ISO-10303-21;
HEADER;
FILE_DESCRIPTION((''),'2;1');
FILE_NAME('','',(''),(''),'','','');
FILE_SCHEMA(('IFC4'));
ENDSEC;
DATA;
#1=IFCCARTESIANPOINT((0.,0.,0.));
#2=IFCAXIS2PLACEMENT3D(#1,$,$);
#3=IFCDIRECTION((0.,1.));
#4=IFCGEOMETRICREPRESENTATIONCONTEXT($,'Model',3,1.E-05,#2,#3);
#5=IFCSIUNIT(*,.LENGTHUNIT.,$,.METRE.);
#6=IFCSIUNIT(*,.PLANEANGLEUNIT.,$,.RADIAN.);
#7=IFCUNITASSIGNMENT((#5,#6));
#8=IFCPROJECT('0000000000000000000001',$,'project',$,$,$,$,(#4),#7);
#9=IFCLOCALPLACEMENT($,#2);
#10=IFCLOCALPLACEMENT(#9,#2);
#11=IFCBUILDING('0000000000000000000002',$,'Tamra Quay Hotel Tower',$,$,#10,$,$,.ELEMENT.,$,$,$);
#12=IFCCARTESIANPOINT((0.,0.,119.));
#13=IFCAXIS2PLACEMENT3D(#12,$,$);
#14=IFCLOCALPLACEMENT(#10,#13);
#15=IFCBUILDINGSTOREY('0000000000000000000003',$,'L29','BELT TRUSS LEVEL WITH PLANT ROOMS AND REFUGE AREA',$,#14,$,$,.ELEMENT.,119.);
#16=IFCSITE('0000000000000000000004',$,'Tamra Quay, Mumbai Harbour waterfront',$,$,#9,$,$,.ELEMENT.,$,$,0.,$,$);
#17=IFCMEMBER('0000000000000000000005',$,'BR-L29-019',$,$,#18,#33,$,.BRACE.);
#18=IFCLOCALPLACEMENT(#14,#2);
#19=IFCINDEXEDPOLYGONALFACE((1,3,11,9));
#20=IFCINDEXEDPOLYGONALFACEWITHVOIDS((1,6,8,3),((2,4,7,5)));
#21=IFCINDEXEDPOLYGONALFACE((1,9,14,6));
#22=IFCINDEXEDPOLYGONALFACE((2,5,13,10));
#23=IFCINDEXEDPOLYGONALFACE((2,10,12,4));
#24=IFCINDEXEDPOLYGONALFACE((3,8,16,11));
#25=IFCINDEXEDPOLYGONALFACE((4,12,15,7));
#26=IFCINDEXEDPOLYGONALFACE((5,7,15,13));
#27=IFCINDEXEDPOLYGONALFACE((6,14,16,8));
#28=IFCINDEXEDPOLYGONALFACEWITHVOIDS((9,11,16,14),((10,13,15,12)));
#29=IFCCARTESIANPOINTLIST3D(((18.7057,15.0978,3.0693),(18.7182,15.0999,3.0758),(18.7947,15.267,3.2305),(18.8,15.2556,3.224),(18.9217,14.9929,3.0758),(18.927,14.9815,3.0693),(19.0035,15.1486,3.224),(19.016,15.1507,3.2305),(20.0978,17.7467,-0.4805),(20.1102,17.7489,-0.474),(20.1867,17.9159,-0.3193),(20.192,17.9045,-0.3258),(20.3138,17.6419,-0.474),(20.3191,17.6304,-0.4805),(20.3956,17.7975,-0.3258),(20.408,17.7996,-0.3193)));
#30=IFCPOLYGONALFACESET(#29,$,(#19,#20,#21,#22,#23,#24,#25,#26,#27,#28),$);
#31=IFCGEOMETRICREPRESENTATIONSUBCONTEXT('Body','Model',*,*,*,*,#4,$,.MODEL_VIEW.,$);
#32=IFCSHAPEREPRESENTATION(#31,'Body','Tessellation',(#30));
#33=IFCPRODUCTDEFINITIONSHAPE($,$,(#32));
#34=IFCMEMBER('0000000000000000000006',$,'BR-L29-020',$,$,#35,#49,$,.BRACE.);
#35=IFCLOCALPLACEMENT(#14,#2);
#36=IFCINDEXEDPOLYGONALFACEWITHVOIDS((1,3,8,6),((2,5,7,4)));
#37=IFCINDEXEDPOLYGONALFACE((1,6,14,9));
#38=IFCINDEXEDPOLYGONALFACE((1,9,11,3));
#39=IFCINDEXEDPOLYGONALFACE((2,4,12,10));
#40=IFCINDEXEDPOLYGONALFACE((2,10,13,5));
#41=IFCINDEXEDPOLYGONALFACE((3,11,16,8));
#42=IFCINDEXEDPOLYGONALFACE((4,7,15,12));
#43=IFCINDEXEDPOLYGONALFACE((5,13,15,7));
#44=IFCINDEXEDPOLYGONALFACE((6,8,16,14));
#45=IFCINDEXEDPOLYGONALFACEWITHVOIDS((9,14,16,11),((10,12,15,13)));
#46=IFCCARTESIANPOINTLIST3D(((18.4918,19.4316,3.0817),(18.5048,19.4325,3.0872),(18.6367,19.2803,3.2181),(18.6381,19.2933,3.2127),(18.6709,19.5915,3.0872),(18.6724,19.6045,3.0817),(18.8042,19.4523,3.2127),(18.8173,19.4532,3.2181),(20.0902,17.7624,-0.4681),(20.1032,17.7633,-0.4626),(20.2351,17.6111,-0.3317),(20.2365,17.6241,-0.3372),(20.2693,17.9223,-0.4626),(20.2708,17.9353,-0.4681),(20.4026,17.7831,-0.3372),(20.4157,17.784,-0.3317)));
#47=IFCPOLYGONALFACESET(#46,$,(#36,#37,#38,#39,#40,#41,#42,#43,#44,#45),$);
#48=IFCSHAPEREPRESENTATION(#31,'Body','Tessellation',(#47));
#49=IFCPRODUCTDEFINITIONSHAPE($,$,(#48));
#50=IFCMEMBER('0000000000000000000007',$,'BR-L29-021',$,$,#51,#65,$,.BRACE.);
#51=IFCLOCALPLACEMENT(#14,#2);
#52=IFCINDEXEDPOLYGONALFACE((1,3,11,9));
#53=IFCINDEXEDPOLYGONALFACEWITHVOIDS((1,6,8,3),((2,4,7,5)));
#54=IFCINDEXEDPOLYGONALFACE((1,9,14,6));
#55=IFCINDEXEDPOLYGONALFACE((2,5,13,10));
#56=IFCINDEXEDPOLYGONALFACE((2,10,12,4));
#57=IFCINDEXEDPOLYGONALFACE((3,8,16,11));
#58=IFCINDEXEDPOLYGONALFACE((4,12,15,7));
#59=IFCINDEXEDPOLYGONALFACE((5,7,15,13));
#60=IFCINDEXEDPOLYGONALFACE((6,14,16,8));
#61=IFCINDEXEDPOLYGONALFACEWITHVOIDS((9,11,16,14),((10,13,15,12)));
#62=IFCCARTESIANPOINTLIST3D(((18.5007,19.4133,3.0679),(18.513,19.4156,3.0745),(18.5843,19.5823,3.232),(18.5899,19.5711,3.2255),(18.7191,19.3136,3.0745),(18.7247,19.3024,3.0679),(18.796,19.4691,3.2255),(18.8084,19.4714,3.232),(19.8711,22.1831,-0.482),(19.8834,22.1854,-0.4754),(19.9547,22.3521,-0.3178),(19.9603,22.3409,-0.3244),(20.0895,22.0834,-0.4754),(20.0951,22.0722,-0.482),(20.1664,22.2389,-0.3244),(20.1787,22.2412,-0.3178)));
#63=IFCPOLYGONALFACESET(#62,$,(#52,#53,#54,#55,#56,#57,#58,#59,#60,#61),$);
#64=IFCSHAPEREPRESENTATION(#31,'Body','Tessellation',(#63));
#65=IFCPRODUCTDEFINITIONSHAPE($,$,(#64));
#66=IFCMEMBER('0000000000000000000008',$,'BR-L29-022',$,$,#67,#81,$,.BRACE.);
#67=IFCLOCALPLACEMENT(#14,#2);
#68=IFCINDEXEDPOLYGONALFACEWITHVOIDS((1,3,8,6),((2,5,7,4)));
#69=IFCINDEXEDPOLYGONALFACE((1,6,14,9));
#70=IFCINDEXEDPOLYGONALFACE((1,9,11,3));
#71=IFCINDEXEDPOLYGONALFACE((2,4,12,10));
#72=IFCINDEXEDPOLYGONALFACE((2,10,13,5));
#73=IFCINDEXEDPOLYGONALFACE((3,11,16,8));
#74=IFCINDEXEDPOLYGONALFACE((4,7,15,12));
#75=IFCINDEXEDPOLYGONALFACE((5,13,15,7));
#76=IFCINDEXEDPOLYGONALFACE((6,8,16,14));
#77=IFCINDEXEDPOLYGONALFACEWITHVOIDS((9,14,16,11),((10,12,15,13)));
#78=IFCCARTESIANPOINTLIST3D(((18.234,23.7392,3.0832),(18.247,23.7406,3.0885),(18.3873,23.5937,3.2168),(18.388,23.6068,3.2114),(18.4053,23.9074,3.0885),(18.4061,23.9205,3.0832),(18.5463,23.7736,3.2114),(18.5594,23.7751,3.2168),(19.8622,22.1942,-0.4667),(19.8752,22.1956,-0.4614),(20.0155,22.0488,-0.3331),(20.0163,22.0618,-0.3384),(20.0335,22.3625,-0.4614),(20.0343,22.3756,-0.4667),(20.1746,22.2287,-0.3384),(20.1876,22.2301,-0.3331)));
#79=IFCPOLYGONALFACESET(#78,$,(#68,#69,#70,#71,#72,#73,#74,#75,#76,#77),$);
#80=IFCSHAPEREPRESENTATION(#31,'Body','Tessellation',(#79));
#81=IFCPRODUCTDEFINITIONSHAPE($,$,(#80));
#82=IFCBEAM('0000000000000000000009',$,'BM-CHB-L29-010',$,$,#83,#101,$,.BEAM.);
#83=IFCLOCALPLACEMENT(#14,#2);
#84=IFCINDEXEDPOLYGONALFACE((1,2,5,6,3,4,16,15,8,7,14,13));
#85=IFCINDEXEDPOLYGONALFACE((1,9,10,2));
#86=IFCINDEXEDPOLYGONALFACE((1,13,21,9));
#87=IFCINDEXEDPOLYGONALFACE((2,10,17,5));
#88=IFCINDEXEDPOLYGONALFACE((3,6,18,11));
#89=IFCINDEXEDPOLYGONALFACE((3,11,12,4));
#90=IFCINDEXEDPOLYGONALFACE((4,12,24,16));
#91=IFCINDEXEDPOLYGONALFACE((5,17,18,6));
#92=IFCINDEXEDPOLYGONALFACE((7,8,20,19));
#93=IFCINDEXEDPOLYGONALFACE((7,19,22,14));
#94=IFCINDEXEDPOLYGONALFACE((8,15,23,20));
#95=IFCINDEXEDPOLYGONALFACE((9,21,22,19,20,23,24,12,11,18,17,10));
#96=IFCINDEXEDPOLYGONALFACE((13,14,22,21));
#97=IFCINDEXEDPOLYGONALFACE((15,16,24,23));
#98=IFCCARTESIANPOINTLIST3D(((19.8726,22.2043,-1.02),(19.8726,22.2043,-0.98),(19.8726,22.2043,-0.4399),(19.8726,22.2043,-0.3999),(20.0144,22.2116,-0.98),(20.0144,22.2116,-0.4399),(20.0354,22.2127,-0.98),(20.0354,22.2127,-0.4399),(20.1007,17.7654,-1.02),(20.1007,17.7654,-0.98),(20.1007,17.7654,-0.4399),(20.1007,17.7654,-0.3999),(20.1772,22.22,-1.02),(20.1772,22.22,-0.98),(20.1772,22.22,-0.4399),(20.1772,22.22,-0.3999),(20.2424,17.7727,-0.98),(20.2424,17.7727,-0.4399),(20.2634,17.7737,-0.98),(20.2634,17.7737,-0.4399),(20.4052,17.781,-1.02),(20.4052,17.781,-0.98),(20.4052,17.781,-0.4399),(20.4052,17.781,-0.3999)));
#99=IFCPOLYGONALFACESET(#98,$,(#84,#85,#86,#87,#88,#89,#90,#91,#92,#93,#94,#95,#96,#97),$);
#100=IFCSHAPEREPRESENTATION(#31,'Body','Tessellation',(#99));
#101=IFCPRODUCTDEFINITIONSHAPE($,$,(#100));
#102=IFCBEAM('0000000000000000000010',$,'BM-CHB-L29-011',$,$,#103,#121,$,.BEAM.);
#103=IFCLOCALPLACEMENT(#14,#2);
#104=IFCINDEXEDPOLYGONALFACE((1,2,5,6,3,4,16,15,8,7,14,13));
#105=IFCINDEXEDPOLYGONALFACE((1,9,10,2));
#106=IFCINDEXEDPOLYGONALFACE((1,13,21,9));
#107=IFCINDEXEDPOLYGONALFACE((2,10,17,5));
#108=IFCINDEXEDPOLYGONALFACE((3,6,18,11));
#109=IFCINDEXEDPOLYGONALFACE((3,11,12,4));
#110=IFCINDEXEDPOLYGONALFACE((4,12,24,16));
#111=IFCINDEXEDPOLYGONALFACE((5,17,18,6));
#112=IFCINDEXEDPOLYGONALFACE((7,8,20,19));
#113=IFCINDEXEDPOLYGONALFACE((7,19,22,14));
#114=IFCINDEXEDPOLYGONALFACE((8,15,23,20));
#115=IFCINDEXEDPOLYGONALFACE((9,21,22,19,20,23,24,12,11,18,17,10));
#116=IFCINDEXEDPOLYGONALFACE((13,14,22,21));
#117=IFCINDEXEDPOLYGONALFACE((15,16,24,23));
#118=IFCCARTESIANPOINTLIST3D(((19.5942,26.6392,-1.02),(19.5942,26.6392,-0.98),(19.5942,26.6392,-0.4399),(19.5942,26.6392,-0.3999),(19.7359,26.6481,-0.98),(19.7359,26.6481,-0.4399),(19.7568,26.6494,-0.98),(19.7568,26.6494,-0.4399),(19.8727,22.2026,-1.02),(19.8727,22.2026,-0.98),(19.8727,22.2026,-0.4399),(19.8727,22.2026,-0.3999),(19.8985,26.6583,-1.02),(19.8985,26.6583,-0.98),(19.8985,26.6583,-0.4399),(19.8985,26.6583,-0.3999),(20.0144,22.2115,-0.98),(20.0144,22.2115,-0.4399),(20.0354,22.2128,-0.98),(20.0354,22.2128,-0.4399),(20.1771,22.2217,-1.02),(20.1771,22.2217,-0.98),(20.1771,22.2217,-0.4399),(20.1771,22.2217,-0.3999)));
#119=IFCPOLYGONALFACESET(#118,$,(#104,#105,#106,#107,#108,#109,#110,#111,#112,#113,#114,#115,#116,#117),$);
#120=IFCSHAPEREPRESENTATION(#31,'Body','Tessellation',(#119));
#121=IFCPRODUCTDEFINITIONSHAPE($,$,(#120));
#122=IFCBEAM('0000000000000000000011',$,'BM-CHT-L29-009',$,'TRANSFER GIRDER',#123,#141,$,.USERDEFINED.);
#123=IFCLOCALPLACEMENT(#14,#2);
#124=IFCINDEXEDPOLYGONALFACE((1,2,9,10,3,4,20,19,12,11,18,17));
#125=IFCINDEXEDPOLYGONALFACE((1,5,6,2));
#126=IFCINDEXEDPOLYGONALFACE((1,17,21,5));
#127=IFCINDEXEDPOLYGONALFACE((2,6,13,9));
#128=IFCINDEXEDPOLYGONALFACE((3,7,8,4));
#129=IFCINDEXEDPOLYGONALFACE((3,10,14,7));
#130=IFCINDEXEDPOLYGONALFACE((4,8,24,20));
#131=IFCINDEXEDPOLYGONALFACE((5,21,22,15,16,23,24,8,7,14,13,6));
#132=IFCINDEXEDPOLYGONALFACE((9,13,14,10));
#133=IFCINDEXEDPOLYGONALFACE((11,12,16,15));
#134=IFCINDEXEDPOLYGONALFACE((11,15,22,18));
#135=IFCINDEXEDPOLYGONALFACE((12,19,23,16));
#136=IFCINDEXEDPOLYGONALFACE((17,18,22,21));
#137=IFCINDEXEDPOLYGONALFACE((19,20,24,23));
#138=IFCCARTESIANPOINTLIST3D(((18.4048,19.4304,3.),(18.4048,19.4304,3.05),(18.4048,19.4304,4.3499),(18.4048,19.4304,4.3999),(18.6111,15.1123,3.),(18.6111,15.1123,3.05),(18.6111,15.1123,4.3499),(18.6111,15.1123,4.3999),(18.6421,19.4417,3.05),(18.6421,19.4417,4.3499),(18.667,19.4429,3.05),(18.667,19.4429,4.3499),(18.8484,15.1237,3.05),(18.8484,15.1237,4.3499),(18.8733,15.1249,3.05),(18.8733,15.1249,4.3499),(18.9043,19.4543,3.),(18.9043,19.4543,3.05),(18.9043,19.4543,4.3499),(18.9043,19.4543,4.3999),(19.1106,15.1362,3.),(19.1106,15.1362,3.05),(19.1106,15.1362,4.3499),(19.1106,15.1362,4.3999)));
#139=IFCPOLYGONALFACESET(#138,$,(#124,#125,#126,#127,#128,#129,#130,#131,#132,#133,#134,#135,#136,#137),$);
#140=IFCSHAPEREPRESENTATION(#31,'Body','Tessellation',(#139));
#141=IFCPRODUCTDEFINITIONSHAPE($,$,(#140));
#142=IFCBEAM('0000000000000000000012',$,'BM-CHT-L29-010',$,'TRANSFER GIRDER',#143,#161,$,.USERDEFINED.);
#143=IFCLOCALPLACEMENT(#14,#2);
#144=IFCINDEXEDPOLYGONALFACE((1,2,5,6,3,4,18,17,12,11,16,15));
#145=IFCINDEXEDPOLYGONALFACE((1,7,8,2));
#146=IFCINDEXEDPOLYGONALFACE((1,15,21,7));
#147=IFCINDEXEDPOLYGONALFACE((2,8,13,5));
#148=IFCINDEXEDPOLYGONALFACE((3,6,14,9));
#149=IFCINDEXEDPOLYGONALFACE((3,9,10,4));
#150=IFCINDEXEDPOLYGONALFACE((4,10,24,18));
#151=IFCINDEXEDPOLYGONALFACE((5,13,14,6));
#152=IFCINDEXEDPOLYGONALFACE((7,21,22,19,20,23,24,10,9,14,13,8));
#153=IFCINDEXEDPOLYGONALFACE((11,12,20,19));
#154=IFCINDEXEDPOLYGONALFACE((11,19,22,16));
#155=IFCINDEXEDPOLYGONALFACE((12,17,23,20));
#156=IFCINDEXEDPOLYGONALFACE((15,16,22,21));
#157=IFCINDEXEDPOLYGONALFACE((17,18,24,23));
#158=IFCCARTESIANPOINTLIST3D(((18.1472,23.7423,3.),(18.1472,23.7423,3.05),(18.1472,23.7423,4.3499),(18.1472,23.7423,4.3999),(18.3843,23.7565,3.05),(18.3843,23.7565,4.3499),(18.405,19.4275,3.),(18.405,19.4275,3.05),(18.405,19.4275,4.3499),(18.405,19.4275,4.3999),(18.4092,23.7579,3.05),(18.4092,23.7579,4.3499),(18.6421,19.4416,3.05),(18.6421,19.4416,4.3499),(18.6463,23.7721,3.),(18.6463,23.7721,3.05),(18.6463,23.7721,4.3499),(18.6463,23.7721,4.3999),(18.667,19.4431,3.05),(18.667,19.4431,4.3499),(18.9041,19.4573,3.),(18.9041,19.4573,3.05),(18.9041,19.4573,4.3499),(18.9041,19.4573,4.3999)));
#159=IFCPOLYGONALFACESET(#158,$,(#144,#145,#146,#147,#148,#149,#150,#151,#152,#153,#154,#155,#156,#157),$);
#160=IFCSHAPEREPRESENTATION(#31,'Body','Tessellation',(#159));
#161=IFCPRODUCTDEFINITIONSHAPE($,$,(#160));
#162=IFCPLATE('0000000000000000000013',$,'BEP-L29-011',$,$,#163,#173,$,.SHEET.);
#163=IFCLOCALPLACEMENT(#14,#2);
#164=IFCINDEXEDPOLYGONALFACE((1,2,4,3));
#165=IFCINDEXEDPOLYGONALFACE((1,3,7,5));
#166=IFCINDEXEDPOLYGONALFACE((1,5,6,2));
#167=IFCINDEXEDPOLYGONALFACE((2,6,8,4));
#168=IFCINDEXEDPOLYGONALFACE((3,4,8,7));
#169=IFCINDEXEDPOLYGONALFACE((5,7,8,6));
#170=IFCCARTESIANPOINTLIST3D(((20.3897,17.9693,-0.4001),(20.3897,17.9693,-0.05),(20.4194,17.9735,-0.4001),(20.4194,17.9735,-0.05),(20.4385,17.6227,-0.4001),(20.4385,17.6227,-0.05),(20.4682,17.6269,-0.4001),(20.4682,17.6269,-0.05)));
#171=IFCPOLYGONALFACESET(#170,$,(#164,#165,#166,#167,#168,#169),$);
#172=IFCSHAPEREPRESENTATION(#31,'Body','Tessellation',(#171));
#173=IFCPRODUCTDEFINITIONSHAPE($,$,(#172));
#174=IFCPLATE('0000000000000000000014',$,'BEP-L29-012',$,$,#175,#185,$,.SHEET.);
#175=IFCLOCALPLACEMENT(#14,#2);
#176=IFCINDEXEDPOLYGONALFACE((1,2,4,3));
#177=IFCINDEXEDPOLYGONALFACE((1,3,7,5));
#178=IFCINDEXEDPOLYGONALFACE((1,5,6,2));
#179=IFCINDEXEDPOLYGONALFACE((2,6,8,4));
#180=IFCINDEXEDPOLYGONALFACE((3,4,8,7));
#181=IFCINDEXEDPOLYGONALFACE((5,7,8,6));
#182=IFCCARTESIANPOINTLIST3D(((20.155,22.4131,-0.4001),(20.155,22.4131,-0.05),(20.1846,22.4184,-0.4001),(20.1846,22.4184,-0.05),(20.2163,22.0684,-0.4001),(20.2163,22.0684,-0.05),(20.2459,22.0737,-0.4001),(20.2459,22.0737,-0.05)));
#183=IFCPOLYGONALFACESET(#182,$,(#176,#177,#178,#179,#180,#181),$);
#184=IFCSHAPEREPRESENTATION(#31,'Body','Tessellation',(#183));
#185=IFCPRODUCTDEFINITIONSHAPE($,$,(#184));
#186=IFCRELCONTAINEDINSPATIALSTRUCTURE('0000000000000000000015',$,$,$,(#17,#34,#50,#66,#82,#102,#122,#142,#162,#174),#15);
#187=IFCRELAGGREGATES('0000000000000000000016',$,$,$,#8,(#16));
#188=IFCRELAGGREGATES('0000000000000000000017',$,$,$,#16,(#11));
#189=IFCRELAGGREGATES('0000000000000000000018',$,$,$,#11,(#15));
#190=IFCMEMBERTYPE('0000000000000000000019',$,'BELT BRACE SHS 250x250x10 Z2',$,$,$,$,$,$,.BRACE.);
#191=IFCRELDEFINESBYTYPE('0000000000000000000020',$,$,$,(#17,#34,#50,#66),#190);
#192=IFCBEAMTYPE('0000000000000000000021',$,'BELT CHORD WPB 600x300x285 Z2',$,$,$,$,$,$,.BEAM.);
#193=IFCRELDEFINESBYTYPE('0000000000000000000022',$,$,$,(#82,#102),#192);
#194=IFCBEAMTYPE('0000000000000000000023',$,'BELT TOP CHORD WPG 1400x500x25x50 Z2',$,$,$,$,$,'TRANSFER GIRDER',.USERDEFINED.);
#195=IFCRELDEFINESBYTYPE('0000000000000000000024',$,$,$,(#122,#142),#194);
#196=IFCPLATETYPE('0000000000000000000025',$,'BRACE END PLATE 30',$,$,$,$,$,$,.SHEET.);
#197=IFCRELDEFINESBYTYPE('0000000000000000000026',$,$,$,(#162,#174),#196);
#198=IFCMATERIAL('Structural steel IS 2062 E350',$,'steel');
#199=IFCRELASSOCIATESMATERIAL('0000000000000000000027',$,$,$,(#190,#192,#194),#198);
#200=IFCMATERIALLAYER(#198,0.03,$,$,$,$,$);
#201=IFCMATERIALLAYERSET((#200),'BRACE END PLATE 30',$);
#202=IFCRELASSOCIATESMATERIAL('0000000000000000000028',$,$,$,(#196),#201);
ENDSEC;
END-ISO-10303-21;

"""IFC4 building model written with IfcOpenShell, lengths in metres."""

from ifc_helpers import new_model, si_unit, direction, frame, origin, origin_2d, place, context, subcontext, project, spatial, rectangle, hollow_rectangle, i_section, extrude, material, layer, layer_set, material_profile, profile_set, type_object, element, save


model = new_model("IFC4")

# Units and contexts
model_context = context("Model", 3, precision=1e-05, world=origin(), true_north=direction((0.0, 1.0)))
body_context = subcontext(model_context, "Body", "Model", "MODEL_VIEW")
ifc_project = project(units=[si_unit("LENGTHUNIT", "METRE"), si_unit("PLANEANGLEUNIT", "RADIAN")], contexts=[model_context])

# Site, building, storey
site_placement = place(None, origin())
site = spatial("IfcSite", under=ifc_project, at=site_placement, Name="Tamra Quay, Mumbai Harbour waterfront", CompositionType="ELEMENT", RefElevation=0.0)
building_placement = place(site_placement, origin())
building = spatial("IfcBuilding", under=site, at=building_placement, Name="Tamra Quay Hotel Tower", CompositionType="ELEMENT")
storey_placement = place(building_placement, frame((0.0, 0.0, 119.0)))
storey = spatial("IfcBuildingStorey", under=building, at=storey_placement, Name="L29", Description="BELT TRUSS LEVEL WITH PLANT ROOMS AND REFUGE AREA", CompositionType="ELEMENT", Elevation=119.0)

# Members
ifc_material_1 = material(Name="Structural steel IS 2062 E350", Category="steel")
ifc_material_profile_1 = material_profile(ifc_material_1, hollow_rectangle(XDim=0.25, YDim=0.25, WallThickness=0.01, at=origin_2d()), Name="SHS 250x250x10")
ifc_profile_set_1 = profile_set([ifc_material_profile_1], Name="Structural steel IS 2062 E350")
member_type = type_object("IfcMemberType", Name="BELT BRACE SHS 250x250x10 Z2", PredefinedType="BRACE", material=ifc_profile_set_1)
member_1_placement = place(storey_placement, frame((20.2529, 17.7732, -0.3999), z_axis=(-0.299837, -0.570542, 0.764578), x_axis=(0.885205, -0.465202, 0.0)))
element("IfcMember", 1, at=member_1_placement, inside=storey, type_object=member_type, Name="BR-L29-019", PredefinedType="BRACE", context=body_context, shape_type="SweptSolid", body=[
    extrude(hollow_rectangle(XDim=0.25, YDim=0.25, WallThickness=0.01, at=origin_2d()), origin(), (0.0, 0.0, 1.0), 4.6428),
])
member_2_placement = place(storey_placement, frame((20.2529, 17.7732, -0.3999), z_axis=(-0.377351, 0.394065, 0.838045), x_axis=(-0.722259, -0.691623, 0.0)))
element("IfcMember", 2, at=member_2_placement, inside=storey, type_object=member_type, Name="BR-L29-020", PredefinedType="BRACE", context=body_context, shape_type="SweptSolid", body=[
    extrude(hollow_rectangle(XDim=0.25, YDim=0.25, WallThickness=0.01, at=origin_2d()), origin(), (0.0, 0.0, 1.0), 4.2358),
])
member_3_placement = place(storey_placement, frame((20.0249, 22.2122, -0.3999), z_axis=(-0.291167, -0.588506, 0.754243), x_axis=(0.8963, -0.443449, 0.0)))
element("IfcMember", 3, at=member_3_placement, inside=storey, type_object=member_type, Name="BR-L29-021", PredefinedType="BRACE", context=body_context, shape_type="SweptSolid", body=[
    extrude(hollow_rectangle(XDim=0.25, YDim=0.25, WallThickness=0.01, at=origin_2d()), origin(), (0.0, 0.0, 1.0), 4.7065),
])
member_4_placement = place(storey_placement, frame((20.0249, 22.2122, -0.3999), z_axis=(-0.387673, 0.367851, 0.845219), x_axis=(-0.688318, -0.725409, 0.0)))
element("IfcMember", 4, at=member_4_placement, inside=storey, type_object=member_type, Name="BR-L29-022", PredefinedType="BRACE", context=body_context, shape_type="SweptSolid", body=[
    extrude(hollow_rectangle(XDim=0.25, YDim=0.25, WallThickness=0.01, at=origin_2d()), origin(), (0.0, 0.0, 1.0), 4.2),
])

# Beams
ifc_material_profile_2 = material_profile(ifc_material_1, i_section(OverallWidth=0.3049, OverallDepth=0.6201, WebThickness=0.021, FlangeThickness=0.04, at=origin_2d()), Name="WPB 600x300x285")
ifc_profile_set_2 = profile_set([ifc_material_profile_2], Name="Structural steel IS 2062 E350")
beam_type_1 = type_object("IfcBeamType", Name="BELT CHORD WPB 600x300x285 Z2", PredefinedType="BEAM", material=ifc_profile_set_2)
beam_1_placement = place(storey_placement, frame((20.2529, 17.7732, -0.71), z_axis=(-0.051302, 0.998683, 0.0), x_axis=(-0.998683, -0.051302, 0.0)))
element("IfcBeam", 5, at=beam_1_placement, inside=storey, type_object=beam_type_1, Name="BM-CHB-L29-010", PredefinedType="BEAM", context=body_context, shape_type="SweptSolid", body=[
    extrude(i_section(OverallWidth=0.3049, OverallDepth=0.6201, WebThickness=0.021, FlangeThickness=0.04, at=origin_2d()), origin(), (0.0, 0.0, 1.0), 4.4448),
])
beam_2_placement = place(storey_placement, frame((20.0249, 22.2122, -0.71), z_axis=(-0.062665, 0.998035, 0.0), x_axis=(-0.998035, -0.062665, 0.0)))
element("IfcBeam", 6, at=beam_2_placement, inside=storey, type_object=beam_type_1, Name="BM-CHB-L29-011", PredefinedType="BEAM", context=body_context, shape_type="SweptSolid", body=[
    extrude(i_section(OverallWidth=0.3049, OverallDepth=0.6201, WebThickness=0.021, FlangeThickness=0.04, at=origin_2d()), origin(), (0.0, 0.0, 1.0), 4.4453),
])
ifc_material_profile_3 = material_profile(ifc_material_1, i_section(OverallWidth=0.5, OverallDepth=1.3999, WebThickness=0.0249, FlangeThickness=0.05, at=origin_2d()), Name="WPG 1400x500x25x50")
ifc_profile_set_3 = profile_set([ifc_material_profile_3], Name="Structural steel IS 2062 E350")
beam_type_2 = type_object("IfcBeamType", Name="BELT TOP CHORD WPG 1400x500x25x50 Z2", ElementType="TRANSFER GIRDER", PredefinedType="USERDEFINED", material=ifc_profile_set_3)
beam_3_placement = place(storey_placement, frame((18.8608, 15.1243, 3.7), z_axis=(-0.047721, 0.998861, 0.0), x_axis=(-0.998861, -0.047721, 0.0)))
element("IfcBeam", 7, at=beam_3_placement, inside=storey, type_object=beam_type_2, Name="BM-CHT-L29-009", ObjectType="TRANSFER GIRDER", PredefinedType="USERDEFINED", context=body_context, shape_type="SweptSolid", body=[
    extrude(i_section(OverallWidth=0.5, OverallDepth=1.3999, WebThickness=0.0249, FlangeThickness=0.05, at=origin_2d()), origin(), (0.0, 0.0, 1.0), 4.323),
])
beam_4_placement = place(storey_placement, frame((18.6545, 19.4424, 3.7), z_axis=(-0.059646, 0.99822, 0.0), x_axis=(-0.99822, -0.059646, 0.0)))
element("IfcBeam", 8, at=beam_4_placement, inside=storey, type_object=beam_type_2, Name="BM-CHT-L29-010", ObjectType="TRANSFER GIRDER", PredefinedType="USERDEFINED", context=body_context, shape_type="SweptSolid", body=[
    extrude(i_section(OverallWidth=0.5, OverallDepth=1.3999, WebThickness=0.0249, FlangeThickness=0.05, at=origin_2d()), origin(), (0.0, 0.0, 1.0), 4.3225),
])

# Plates
ifc_layer_1 = layer(ifc_material_1, 0.03)
ifc_layer_set_1 = layer_set([ifc_layer_1], Name="BRACE END PLATE 30")
plate_type = type_object("IfcPlateType", Name="BRACE END PLATE 30", PredefinedType="SHEET", material=ifc_layer_set_1)
for number, where, z_axis, x_axis, name in (
    (9, (20.429, 17.7981, -0.4001), (0.0, 0.0, 1.0), (0.990221, 0.139507, 0.0), "BEP-L29-011"),
    (10, (20.2004, 22.2434, -0.4001), (0.0, 0.0, 1.0), (0.984537, 0.175179, 0.0), "BEP-L29-012"),
):
    element("IfcPlate", number, at=place(storey_placement, frame(where, z_axis=z_axis, x_axis=x_axis)), inside=storey, type_object=plate_type, Name=name, PredefinedType="SHEET", context=body_context, shape_type="SweptSolid", body=[
        extrude(rectangle(XDim=0.03, YDim=0.3501, at=origin_2d()), origin(), (0.0, 0.0, 1.0), 0.3501),
    ])

save(model, "model.ifc")
